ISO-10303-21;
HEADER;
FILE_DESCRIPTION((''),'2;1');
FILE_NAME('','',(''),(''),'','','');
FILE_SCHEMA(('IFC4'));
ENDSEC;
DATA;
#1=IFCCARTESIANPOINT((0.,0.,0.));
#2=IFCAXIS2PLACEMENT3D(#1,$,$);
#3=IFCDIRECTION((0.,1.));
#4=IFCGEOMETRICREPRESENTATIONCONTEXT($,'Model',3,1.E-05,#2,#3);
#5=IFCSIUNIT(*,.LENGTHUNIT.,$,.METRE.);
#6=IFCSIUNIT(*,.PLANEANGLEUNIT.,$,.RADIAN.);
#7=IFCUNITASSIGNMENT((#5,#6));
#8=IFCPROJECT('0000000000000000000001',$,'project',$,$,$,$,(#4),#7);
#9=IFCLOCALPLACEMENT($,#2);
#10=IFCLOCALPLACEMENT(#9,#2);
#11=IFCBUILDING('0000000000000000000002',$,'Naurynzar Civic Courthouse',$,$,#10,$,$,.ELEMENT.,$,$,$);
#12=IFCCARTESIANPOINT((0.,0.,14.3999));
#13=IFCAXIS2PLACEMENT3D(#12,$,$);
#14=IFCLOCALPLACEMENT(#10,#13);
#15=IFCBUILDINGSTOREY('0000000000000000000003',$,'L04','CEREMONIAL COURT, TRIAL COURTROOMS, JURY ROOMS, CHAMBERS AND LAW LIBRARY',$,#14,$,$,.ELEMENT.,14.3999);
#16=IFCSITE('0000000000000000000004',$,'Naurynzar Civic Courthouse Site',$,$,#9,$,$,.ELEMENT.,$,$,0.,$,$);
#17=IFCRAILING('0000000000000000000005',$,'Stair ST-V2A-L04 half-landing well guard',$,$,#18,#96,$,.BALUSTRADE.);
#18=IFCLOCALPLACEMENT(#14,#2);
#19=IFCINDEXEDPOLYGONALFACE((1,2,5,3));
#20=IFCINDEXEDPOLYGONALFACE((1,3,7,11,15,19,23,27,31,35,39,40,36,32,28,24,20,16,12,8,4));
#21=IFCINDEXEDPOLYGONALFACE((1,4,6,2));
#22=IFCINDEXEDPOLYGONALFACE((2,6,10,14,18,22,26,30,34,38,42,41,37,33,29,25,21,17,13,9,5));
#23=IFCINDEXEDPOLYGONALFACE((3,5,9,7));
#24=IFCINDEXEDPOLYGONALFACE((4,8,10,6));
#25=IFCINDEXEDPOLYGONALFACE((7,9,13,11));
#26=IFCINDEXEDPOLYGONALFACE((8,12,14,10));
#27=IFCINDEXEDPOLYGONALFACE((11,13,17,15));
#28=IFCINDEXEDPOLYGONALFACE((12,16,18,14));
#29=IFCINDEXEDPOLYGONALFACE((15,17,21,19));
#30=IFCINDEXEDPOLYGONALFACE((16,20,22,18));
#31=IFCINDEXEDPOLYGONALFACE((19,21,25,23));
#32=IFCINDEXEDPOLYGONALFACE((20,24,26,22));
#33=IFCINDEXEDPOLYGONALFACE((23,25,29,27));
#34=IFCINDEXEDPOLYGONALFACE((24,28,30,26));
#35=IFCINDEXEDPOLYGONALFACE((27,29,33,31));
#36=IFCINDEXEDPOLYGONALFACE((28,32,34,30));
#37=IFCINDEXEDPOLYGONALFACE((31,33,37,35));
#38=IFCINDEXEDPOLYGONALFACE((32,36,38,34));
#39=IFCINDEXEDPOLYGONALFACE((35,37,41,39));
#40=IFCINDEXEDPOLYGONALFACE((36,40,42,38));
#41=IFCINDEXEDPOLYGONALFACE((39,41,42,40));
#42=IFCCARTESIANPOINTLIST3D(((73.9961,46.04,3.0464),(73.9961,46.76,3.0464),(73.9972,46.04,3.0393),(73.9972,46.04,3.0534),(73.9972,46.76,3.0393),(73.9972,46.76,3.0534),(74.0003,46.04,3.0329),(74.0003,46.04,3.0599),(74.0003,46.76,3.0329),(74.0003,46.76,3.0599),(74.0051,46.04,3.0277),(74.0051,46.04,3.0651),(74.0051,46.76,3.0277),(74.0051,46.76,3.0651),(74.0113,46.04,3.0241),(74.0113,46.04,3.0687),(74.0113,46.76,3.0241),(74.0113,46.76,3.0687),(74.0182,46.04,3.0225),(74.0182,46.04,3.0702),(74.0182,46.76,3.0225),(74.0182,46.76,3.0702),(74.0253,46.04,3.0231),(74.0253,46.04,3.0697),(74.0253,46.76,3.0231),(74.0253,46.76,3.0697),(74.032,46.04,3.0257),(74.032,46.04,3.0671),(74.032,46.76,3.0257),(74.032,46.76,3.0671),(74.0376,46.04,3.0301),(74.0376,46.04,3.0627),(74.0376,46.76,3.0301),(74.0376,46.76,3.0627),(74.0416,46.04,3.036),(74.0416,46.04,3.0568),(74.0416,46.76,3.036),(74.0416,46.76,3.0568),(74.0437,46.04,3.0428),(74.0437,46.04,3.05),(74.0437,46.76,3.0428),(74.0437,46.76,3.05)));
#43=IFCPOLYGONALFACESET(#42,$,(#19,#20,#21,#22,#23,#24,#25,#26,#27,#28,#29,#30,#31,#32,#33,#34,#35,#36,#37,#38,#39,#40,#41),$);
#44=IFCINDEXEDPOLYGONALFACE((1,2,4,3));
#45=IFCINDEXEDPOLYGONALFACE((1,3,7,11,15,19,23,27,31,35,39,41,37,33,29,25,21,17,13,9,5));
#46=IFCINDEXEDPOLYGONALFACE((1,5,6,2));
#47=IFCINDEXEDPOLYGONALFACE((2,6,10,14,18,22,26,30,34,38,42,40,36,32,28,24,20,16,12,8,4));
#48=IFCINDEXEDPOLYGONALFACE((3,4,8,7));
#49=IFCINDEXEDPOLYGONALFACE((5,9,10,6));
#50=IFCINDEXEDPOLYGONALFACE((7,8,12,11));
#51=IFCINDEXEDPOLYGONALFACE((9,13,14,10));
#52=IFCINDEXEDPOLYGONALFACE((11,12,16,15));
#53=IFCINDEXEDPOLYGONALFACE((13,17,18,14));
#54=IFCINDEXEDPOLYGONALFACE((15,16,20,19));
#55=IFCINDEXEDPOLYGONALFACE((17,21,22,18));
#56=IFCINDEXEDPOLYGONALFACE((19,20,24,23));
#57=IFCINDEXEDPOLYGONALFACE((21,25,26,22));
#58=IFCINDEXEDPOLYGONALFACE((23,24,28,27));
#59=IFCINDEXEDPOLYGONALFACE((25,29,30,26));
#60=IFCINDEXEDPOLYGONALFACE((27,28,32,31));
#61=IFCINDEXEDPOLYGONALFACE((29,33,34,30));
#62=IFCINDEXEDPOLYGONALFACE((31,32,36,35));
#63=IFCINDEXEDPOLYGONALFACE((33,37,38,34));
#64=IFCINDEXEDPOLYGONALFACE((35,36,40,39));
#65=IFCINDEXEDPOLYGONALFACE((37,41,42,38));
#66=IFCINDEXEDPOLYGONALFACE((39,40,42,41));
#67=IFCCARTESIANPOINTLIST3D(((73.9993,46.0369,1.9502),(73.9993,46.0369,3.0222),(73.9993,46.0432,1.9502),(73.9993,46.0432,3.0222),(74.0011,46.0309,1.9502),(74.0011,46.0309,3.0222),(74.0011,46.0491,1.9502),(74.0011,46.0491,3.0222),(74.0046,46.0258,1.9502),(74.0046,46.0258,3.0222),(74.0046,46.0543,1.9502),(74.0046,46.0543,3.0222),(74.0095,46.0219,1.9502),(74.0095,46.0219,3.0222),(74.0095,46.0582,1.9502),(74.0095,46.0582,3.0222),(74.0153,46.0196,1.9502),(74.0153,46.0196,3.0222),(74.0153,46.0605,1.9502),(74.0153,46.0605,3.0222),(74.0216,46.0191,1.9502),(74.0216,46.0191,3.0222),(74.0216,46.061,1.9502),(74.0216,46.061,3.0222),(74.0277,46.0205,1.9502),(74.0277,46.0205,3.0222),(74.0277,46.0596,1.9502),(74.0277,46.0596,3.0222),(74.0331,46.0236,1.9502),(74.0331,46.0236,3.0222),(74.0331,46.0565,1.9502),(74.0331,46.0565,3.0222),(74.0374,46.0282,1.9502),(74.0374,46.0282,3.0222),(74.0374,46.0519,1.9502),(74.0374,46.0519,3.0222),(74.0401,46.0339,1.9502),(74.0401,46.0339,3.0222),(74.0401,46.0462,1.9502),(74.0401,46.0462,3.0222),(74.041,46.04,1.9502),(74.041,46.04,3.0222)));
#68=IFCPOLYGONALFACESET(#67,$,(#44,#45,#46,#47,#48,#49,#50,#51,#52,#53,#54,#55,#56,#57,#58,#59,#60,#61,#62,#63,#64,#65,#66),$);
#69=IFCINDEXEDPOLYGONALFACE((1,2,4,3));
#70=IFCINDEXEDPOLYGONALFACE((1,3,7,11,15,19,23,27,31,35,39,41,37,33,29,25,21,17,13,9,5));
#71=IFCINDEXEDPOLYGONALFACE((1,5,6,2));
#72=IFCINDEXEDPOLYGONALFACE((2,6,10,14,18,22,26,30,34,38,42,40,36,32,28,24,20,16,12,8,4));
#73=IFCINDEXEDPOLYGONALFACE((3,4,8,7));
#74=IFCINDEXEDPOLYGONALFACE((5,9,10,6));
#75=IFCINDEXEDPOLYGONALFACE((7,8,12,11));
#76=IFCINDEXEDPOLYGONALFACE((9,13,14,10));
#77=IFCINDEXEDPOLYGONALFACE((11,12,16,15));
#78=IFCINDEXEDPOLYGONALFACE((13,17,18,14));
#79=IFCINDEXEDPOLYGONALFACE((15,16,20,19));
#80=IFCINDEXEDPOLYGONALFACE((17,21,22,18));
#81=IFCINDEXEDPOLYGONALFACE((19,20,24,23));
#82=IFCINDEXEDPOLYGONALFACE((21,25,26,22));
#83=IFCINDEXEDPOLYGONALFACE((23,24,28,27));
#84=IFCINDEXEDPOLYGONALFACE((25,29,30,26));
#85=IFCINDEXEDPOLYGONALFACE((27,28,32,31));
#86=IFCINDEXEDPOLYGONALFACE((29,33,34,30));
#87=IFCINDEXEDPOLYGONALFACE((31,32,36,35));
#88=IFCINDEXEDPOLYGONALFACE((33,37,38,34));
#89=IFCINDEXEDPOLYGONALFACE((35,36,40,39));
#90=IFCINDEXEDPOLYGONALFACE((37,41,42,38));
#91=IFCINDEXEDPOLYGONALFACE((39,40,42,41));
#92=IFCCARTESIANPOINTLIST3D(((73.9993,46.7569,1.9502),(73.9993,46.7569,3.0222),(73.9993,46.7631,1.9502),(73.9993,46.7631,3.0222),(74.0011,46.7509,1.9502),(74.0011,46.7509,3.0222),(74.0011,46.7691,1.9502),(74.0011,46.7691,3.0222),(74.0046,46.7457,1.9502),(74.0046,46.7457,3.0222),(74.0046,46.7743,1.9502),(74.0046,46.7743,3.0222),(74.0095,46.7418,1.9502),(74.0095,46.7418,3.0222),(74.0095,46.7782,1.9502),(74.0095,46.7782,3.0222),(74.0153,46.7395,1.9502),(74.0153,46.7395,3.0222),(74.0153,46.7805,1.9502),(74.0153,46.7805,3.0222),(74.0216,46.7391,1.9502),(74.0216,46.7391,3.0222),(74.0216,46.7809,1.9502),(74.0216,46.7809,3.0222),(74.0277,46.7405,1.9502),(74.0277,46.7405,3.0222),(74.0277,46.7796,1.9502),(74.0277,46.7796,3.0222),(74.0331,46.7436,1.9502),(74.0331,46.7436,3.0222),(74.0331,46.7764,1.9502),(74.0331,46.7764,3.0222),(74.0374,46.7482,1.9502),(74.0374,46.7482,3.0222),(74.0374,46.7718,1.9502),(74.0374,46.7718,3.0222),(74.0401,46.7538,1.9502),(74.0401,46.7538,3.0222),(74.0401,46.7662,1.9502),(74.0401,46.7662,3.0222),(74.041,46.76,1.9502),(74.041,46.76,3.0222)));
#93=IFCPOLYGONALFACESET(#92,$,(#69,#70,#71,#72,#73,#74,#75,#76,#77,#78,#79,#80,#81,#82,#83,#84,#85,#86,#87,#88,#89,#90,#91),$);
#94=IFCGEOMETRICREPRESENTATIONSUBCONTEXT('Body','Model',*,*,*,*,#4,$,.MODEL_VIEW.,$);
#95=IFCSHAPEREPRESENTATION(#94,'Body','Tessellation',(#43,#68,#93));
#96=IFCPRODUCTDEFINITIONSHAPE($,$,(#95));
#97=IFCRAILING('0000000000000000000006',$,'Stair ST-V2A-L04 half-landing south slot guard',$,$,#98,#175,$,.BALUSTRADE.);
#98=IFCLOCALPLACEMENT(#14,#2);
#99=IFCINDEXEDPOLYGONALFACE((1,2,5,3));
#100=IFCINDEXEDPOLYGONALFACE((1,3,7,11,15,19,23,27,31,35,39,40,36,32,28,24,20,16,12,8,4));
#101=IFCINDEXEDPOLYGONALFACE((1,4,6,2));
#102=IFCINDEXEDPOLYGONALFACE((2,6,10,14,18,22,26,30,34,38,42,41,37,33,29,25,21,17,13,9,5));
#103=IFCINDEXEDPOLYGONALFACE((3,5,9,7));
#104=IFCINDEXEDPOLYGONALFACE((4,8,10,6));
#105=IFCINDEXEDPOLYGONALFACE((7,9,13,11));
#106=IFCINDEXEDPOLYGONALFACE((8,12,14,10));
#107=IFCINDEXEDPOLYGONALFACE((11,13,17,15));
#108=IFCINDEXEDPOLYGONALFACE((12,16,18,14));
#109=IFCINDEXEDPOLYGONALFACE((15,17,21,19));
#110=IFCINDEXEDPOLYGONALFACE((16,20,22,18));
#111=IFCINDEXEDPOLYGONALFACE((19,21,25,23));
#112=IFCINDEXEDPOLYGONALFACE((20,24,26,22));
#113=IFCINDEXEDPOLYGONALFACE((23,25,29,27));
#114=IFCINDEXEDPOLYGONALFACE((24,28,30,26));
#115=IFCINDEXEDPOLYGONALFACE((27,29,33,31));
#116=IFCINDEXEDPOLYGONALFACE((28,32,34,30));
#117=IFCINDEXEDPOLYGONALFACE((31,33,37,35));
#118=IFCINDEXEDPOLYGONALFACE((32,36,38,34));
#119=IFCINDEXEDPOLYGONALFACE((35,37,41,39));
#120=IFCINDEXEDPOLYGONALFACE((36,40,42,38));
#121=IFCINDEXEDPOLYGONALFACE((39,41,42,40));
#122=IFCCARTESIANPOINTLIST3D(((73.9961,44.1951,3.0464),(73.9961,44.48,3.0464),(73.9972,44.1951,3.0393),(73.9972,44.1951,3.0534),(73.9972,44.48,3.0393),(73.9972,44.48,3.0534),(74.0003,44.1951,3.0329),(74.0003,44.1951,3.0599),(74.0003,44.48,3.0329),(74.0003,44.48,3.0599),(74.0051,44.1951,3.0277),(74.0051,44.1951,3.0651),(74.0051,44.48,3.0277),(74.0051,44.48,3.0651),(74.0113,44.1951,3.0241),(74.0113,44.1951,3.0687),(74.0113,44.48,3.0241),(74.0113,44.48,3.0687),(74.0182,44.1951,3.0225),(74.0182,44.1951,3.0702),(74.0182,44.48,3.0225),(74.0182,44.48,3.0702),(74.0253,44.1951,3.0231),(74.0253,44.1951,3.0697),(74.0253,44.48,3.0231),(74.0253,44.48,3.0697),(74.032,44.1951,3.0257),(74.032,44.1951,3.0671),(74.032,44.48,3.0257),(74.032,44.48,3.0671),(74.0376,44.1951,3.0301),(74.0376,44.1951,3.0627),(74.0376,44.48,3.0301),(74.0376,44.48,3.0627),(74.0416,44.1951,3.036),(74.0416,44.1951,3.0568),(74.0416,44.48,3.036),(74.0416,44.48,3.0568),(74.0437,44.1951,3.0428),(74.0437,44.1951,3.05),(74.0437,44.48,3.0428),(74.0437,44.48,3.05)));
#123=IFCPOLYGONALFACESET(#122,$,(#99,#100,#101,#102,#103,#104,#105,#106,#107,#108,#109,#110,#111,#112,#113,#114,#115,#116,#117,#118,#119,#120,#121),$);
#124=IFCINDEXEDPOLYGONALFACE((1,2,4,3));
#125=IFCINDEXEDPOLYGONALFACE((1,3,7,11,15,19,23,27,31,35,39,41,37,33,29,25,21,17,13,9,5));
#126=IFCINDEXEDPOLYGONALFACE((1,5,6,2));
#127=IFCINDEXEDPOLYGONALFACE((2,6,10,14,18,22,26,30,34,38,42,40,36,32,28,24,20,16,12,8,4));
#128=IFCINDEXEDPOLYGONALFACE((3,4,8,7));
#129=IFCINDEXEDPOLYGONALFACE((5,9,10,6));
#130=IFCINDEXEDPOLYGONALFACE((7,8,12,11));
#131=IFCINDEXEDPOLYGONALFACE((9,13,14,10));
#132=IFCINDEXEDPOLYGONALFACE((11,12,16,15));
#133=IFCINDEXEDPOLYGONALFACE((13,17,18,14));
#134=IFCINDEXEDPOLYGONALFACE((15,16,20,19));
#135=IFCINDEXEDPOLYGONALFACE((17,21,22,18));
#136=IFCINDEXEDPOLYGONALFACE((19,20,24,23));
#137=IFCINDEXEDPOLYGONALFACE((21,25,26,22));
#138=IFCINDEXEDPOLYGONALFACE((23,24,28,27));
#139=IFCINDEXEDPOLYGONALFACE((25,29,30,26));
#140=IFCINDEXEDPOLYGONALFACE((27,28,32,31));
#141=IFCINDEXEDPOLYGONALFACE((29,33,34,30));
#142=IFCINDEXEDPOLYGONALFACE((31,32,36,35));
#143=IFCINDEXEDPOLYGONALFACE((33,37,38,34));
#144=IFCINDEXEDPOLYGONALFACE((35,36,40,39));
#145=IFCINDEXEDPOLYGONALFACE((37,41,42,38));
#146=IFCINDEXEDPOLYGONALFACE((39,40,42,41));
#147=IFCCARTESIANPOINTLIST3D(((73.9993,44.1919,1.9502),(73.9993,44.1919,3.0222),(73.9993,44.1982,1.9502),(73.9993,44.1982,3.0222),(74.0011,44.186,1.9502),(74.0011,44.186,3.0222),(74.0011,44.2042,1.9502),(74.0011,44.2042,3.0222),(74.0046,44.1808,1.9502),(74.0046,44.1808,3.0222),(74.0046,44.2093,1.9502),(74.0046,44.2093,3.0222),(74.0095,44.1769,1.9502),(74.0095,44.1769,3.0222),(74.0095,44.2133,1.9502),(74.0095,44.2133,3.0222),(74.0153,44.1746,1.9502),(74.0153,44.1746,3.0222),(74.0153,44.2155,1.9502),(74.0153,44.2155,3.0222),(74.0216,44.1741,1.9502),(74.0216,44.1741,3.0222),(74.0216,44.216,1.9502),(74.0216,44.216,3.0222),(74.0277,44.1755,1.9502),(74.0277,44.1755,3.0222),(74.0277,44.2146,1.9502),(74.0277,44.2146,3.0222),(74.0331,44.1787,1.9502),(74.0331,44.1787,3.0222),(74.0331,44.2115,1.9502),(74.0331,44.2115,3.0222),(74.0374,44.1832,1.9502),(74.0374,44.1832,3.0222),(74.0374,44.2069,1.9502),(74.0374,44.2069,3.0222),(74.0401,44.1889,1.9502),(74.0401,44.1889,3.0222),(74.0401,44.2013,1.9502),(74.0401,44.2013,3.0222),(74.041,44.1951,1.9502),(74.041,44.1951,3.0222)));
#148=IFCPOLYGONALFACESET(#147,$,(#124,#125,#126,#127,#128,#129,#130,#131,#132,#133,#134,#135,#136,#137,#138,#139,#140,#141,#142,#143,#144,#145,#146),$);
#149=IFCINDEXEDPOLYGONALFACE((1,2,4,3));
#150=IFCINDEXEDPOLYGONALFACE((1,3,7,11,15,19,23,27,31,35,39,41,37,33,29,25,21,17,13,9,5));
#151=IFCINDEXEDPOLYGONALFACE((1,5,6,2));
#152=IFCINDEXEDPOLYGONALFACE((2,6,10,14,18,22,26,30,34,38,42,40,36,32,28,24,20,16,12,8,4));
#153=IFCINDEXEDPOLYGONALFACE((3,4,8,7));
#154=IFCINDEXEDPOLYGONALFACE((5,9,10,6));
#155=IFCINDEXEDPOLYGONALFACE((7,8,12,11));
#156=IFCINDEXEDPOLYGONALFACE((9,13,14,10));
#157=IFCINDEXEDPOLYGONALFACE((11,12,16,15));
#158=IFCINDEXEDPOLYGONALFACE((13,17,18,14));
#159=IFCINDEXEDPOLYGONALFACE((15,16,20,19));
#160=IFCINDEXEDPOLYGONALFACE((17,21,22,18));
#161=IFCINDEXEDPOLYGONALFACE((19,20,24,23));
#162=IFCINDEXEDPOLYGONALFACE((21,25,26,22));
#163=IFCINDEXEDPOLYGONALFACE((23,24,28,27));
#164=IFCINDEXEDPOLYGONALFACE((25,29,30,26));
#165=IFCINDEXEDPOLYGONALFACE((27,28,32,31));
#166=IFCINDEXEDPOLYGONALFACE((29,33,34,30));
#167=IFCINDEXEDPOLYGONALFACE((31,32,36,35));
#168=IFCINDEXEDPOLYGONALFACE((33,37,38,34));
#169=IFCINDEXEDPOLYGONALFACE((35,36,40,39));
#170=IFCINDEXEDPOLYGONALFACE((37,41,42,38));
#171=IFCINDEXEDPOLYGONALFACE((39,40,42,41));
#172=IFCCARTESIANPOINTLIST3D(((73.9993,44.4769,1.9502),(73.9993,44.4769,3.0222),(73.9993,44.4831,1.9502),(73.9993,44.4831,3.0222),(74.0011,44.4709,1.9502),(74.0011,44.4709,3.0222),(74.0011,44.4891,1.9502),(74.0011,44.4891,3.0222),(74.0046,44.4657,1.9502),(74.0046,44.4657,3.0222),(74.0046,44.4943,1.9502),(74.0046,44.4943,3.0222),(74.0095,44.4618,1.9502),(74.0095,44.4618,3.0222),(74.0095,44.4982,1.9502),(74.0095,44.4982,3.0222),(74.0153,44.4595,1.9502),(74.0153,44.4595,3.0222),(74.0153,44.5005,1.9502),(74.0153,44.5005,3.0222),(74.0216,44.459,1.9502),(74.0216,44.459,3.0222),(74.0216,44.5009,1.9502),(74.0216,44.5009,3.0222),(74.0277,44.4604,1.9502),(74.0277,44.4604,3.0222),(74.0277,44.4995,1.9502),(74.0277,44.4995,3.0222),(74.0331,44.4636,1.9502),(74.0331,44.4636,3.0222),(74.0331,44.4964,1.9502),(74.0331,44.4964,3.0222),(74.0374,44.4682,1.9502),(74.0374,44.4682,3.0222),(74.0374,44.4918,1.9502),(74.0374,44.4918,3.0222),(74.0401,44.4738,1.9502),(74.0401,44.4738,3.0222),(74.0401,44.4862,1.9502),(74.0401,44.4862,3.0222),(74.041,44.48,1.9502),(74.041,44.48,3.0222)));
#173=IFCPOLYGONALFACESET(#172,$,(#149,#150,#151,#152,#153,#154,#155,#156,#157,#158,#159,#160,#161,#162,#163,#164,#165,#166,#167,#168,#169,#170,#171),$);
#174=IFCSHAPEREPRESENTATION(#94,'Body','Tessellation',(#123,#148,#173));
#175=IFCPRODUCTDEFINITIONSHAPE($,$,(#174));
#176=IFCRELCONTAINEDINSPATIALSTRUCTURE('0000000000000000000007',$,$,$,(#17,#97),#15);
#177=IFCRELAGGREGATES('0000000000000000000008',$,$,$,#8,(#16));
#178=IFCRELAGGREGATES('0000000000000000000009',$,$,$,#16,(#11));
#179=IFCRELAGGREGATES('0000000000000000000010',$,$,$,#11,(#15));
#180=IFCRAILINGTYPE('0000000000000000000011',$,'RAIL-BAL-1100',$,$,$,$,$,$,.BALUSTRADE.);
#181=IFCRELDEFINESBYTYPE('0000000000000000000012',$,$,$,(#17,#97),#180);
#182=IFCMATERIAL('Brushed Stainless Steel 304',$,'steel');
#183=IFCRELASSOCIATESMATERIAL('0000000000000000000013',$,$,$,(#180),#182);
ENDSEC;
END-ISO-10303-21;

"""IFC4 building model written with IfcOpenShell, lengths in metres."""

from ifc_helpers import new_model, si_unit, direction, frame, origin, origin_2d, place, context, subcontext, project, spatial, circle, extrude, material, type_object, element, save


model = new_model("IFC4")

# Units and contexts
model_context = context("Model", 3, precision=1e-05, world=origin(), true_north=direction((0.0, 1.0)))
body_context = subcontext(model_context, "Body", "Model", "MODEL_VIEW")
ifc_project = project(units=[si_unit("LENGTHUNIT", "METRE"), si_unit("PLANEANGLEUNIT", "RADIAN")], contexts=[model_context])

# Site, building, storey
site_placement = place(None, origin())
site = spatial("IfcSite", under=ifc_project, at=site_placement, Name="Naurynzar Civic Courthouse Site", CompositionType="ELEMENT", RefElevation=0.0)
building_placement = place(site_placement, origin())
building = spatial("IfcBuilding", under=site, at=building_placement, Name="Naurynzar Civic Courthouse", CompositionType="ELEMENT")
storey_placement = place(building_placement, frame((0.0, 0.0, 14.3999)))
storey = spatial("IfcBuildingStorey", under=building, at=storey_placement, Name="L04", Description="CEREMONIAL COURT, TRIAL COURTROOMS, JURY ROOMS, CHAMBERS AND LAW LIBRARY", CompositionType="ELEMENT", Elevation=14.3999)

# Railings
ifc_material_1 = material(Name="Brushed Stainless Steel 304", Category="steel")
railing_type_1 = type_object("IfcRailingType", Name="RAIL-BAL-1100", PredefinedType="BALUSTRADE", material=ifc_material_1)
for number, where, name in (
    (1, (74.02, 46.04, 1.9502), "Stair ST-V2A-L04 half-landing well guard"),
):
    element("IfcRailing", number, at=place(storey_placement, frame(where)), inside=storey, type_object=railing_type_1, Name=name, PredefinedType="BALUSTRADE", context=body_context, shape_type="SweptSolid", body=[
        extrude(circle(Radius=0.0239, at=origin_2d()), frame((0.0, 0.0, 1.0962), z_axis=(0.0, 1.0, 0.0), x_axis=(-1.0, 0.0, 0.0)), (0.0, 0.0, 1.0), 0.72),
        extrude(circle(Radius=0.021, at=origin_2d()), origin(), (0.0, 0.0, 1.0), 1.072),
        extrude(circle(Radius=0.021, at=origin_2d()), frame((0.0, 0.72, 0.0)), (0.0, 0.0, 1.0), 1.072),
    ])
railing_1_placement = place(storey_placement, frame((74.02, 44.1951, 1.9502)))
element("IfcRailing", 2, at=railing_1_placement, inside=storey, type_object=railing_type_1, Name="Stair ST-V2A-L04 half-landing south slot guard", PredefinedType="BALUSTRADE", context=body_context, shape_type="SweptSolid", body=[
    extrude(circle(Radius=0.0239, at=origin_2d()), frame((0.0, 0.0, 1.0962), z_axis=(0.0, 1.0, 0.0), x_axis=(-1.0, 0.0, 0.0)), (0.0, 0.0, 1.0), 0.2849),
    extrude(circle(Radius=0.021, at=origin_2d()), origin(), (0.0, 0.0, 1.0), 1.072),
    extrude(circle(Radius=0.021, at=origin_2d()), frame((0.0, 0.2849, 0.0)), (0.0, 0.0, 1.0), 1.072),
])

save(model, "model.ifc")
